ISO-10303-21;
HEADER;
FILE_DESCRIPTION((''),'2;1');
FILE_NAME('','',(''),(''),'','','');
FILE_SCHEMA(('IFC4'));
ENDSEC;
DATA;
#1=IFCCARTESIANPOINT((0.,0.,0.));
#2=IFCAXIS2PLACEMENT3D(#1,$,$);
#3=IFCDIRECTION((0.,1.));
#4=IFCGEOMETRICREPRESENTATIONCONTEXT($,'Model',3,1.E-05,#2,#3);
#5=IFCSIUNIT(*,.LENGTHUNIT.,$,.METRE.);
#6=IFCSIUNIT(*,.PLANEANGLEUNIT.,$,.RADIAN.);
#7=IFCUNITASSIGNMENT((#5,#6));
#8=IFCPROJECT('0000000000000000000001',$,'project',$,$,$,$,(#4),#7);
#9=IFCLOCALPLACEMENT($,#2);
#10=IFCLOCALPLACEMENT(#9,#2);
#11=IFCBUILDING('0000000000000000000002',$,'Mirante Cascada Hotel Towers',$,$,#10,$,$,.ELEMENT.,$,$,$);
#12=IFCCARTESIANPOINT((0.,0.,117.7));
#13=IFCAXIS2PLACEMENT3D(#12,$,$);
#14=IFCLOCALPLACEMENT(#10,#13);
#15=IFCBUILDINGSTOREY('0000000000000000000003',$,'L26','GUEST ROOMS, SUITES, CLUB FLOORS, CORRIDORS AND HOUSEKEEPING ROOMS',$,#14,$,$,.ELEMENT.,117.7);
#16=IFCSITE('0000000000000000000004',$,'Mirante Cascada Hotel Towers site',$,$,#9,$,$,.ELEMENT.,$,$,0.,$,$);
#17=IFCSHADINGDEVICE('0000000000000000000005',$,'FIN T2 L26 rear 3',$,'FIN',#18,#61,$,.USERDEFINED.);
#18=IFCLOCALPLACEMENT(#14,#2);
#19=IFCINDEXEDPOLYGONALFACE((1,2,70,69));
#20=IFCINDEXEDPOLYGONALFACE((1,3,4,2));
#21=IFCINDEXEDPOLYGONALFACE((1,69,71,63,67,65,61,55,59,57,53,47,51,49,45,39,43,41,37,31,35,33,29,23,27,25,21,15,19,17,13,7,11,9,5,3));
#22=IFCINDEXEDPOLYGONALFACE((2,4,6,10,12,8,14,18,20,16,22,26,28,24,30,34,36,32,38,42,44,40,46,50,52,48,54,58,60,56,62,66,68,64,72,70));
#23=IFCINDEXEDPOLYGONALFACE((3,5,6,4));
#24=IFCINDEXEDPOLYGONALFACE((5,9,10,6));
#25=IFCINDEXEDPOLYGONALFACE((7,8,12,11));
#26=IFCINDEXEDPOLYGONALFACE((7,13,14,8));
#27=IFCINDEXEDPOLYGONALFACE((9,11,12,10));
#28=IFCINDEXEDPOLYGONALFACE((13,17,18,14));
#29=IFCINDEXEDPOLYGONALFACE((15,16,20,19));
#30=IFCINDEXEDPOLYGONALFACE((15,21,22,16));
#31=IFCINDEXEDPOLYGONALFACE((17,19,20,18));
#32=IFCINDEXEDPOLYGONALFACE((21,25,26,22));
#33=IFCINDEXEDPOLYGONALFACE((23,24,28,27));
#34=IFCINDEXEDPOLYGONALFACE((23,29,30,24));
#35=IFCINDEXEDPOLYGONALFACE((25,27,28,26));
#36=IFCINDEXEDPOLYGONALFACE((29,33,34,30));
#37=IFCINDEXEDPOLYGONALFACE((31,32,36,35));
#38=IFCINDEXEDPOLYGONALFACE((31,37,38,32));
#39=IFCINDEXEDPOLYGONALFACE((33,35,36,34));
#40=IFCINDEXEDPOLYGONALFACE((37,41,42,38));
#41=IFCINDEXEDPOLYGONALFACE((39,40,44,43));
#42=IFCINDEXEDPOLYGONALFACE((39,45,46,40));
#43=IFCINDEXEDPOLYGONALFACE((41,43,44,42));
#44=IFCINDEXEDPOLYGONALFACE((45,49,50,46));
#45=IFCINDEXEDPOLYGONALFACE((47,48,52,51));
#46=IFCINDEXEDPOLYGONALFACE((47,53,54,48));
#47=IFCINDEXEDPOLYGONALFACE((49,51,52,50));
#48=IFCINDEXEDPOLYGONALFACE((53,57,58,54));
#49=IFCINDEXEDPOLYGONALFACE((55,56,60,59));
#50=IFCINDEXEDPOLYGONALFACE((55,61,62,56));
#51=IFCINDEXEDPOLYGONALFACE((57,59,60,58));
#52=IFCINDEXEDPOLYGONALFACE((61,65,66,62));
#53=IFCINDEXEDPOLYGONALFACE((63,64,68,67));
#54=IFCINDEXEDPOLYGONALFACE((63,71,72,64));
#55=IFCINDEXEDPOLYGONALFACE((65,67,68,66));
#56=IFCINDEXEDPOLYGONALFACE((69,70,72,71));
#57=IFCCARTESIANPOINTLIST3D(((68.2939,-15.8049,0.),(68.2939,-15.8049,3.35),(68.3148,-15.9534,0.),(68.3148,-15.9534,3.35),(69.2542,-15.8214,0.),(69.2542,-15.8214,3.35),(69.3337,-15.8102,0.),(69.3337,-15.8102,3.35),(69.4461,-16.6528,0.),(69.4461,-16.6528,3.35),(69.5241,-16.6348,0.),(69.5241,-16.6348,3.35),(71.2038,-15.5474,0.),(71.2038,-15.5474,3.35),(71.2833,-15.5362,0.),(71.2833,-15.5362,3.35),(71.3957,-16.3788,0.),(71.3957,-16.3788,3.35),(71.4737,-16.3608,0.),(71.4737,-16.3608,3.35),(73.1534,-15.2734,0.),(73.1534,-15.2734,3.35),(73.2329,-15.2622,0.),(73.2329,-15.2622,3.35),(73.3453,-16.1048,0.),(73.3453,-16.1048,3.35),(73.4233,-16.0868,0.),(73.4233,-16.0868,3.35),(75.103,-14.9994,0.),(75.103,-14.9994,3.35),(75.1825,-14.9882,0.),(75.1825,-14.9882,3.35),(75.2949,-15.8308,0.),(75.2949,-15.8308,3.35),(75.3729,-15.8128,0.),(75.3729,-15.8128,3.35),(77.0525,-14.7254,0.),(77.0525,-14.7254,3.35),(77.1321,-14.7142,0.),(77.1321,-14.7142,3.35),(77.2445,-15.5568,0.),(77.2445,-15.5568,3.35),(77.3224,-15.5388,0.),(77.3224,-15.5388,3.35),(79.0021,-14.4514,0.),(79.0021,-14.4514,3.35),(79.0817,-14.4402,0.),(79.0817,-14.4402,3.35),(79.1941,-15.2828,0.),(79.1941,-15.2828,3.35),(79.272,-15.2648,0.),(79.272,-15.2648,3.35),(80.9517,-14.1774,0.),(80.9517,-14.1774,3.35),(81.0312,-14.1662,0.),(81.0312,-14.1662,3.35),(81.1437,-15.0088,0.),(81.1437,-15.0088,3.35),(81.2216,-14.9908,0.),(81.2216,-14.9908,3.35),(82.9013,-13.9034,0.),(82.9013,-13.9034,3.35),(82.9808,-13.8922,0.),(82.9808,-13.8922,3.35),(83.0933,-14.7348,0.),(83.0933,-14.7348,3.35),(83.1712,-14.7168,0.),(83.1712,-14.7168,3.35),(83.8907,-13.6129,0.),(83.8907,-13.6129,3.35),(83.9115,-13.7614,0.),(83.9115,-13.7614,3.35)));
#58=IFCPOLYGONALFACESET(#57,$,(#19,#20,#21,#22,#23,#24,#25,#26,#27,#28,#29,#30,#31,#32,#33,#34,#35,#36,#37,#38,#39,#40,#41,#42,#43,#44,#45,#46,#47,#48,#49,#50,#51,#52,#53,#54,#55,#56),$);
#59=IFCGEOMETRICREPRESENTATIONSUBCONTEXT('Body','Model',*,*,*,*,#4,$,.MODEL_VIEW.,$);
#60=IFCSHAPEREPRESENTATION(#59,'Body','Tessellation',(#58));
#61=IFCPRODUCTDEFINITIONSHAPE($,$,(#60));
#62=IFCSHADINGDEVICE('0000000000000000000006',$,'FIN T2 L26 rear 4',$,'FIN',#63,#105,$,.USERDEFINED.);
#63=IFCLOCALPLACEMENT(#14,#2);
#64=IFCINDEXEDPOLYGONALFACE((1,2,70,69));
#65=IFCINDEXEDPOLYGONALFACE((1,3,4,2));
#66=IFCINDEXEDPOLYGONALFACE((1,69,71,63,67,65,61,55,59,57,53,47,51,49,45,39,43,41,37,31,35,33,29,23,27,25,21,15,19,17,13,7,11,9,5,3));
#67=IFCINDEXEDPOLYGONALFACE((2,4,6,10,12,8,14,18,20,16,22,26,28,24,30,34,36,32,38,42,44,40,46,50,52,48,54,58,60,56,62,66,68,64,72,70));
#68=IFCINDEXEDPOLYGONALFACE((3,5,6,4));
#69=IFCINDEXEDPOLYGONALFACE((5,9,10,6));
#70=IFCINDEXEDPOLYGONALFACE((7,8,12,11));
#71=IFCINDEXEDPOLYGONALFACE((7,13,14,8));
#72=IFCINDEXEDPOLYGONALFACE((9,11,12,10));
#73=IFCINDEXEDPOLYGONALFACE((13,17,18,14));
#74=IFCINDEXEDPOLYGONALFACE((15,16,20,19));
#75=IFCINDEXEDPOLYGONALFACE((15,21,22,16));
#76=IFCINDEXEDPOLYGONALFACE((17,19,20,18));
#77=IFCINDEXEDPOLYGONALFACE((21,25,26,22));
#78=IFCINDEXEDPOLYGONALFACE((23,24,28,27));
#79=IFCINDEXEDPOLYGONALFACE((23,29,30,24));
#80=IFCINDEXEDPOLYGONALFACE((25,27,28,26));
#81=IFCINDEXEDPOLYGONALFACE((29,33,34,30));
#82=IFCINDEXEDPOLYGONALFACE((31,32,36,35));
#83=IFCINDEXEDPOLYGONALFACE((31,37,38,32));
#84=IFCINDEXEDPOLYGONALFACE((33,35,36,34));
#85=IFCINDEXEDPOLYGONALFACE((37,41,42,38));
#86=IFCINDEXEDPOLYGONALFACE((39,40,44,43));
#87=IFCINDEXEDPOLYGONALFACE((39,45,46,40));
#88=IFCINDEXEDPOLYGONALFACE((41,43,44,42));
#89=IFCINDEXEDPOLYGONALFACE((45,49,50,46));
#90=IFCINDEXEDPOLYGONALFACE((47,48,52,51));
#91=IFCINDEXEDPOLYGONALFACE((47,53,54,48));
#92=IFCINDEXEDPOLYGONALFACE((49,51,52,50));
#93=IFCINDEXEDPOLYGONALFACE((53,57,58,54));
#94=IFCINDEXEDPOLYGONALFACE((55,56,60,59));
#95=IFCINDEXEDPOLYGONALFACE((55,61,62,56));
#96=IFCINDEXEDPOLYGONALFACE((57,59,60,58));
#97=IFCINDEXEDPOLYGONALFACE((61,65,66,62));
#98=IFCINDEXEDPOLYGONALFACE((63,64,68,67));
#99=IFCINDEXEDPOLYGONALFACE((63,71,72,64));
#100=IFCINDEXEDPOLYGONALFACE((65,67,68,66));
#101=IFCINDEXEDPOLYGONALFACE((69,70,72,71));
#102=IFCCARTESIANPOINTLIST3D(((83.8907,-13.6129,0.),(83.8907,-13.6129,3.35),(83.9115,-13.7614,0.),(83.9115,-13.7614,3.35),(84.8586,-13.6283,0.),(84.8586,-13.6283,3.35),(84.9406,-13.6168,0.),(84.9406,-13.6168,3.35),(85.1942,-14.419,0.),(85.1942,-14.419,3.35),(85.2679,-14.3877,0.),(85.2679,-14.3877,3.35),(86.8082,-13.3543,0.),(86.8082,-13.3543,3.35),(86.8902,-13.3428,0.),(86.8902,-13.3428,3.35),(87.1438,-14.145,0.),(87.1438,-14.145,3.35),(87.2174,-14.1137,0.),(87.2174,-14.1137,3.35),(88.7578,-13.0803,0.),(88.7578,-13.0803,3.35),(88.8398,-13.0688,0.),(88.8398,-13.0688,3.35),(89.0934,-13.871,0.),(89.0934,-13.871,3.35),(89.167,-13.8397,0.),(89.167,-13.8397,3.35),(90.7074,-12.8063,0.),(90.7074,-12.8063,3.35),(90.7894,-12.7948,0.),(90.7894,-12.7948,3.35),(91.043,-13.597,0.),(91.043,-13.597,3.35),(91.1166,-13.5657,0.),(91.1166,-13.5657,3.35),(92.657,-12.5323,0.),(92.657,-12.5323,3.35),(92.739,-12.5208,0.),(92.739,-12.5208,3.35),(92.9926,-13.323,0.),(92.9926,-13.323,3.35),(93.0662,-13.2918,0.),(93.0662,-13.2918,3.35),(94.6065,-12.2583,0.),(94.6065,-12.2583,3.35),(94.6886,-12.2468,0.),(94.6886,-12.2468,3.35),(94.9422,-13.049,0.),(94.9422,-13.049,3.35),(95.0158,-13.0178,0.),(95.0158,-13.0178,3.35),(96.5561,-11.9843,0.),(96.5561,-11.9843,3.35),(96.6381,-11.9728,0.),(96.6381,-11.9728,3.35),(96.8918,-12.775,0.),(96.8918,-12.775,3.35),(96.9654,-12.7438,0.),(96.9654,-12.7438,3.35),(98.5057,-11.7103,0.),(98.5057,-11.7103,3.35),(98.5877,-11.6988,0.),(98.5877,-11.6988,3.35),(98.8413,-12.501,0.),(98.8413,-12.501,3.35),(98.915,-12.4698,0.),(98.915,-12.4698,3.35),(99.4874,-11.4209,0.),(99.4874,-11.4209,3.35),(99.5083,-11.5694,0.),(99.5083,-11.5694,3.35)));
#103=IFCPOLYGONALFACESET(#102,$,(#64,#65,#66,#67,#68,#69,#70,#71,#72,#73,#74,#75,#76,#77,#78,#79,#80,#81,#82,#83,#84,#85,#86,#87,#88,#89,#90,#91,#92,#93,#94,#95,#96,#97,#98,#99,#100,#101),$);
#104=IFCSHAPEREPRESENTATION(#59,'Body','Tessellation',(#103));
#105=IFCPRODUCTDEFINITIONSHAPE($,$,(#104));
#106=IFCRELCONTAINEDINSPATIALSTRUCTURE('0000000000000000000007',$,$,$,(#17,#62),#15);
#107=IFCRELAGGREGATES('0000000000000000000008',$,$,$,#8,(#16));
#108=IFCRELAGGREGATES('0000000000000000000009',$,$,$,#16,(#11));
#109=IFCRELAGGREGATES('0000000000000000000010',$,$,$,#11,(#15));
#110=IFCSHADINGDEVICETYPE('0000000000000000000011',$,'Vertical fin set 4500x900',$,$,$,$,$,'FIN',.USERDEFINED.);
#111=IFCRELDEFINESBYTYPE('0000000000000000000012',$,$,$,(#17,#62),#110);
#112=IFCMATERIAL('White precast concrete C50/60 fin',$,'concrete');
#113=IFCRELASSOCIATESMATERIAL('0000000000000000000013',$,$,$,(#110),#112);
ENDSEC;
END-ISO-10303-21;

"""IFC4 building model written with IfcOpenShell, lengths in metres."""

from ifc_helpers import new_model, si_unit, direction, frame, origin, place, context, subcontext, project, spatial, polyline, outline, extrude, material, type_object, element, save


model = new_model("IFC4")

# Units and contexts
model_context = context("Model", 3, precision=1e-05, world=origin(), true_north=direction((0.0, 1.0)))
body_context = subcontext(model_context, "Body", "Model", "MODEL_VIEW")
ifc_project = project(units=[si_unit("LENGTHUNIT", "METRE"), si_unit("PLANEANGLEUNIT", "RADIAN")], contexts=[model_context])

# Site, building, storey
site_placement = place(None, origin())
site = spatial("IfcSite", under=ifc_project, at=site_placement, Name="Mirante Cascada Hotel Towers site", CompositionType="ELEMENT", RefElevation=0.0)
building_placement = place(site_placement, origin())
building = spatial("IfcBuilding", under=site, at=building_placement, Name="Mirante Cascada Hotel Towers", CompositionType="ELEMENT")
storey_placement = place(building_placement, frame((0.0, 0.0, 117.7)))
storey = spatial("IfcBuildingStorey", under=building, at=storey_placement, Name="L26", Description="GUEST ROOMS, SUITES, CLUB FLOORS, CORRIDORS AND HOUSEKEEPING ROOMS", CompositionType="ELEMENT", Elevation=117.7)

# Shading devices
ifc_material_1 = material(Name="White precast concrete C50/60 fin", Category="concrete")
shading_device_type = type_object("IfcShadingDeviceType", Name="Vertical fin set 4500x900", ElementType="FIN", PredefinedType="USERDEFINED", material=ifc_material_1)
shading_device_1_placement = place(storey_placement, origin())
element("IfcShadingDevice", 1, at=shading_device_1_placement, inside=storey, type_object=shading_device_type, Name="FIN T2 L26 rear 3", ObjectType="FIN", PredefinedType="USERDEFINED", context=body_context, shape_type="SweptSolid", body=[
    extrude(outline(polyline([(69.4461, -16.6528), (69.2542, -15.8214), (68.3148, -15.9534), (68.2939, -15.8049), (83.8907, -13.6129), (83.9115, -13.7614), (82.9808, -13.8922), (83.1712, -14.7168), (83.0933, -14.7348), (82.9013, -13.9034), (81.0312, -14.1662), (81.2216, -14.9908), (81.1437, -15.0088), (80.9517, -14.1774), (79.0817, -14.4402), (79.272, -15.2648), (79.1941, -15.2828), (79.0021, -14.4514), (77.1321, -14.7142), (77.3224, -15.5388), (77.2445, -15.5568), (77.0525, -14.7254), (75.1825, -14.9882), (75.3729, -15.8128), (75.2949, -15.8308), (75.103, -14.9994), (73.2329, -15.2622), (73.4233, -16.0868), (73.3453, -16.1048), (73.1534, -15.2734), (71.2833, -15.5362), (71.4737, -16.3608), (71.3957, -16.3788), (71.2038, -15.5474), (69.3337, -15.8102), (69.5241, -16.6348), (69.4461, -16.6528)])), origin(), (0.0, 0.0, 1.0), 3.35),
])
shading_device_2_placement = place(storey_placement, origin())
element("IfcShadingDevice", 2, at=shading_device_2_placement, inside=storey, type_object=shading_device_type, Name="FIN T2 L26 rear 4", ObjectType="FIN", PredefinedType="USERDEFINED", context=body_context, shape_type="SweptSolid", body=[
    extrude(outline(polyline([(85.1942, -14.419), (84.8586, -13.6283), (83.9115, -13.7614), (83.8907, -13.6129), (99.4874, -11.4209), (99.5083, -11.5694), (98.5877, -11.6988), (98.915, -12.4698), (98.8413, -12.501), (98.5057, -11.7103), (96.6381, -11.9728), (96.9654, -12.7438), (96.8918, -12.775), (96.5561, -11.9843), (94.6886, -12.2468), (95.0158, -13.0178), (94.9422, -13.049), (94.6065, -12.2583), (92.739, -12.5208), (93.0662, -13.2918), (92.9926, -13.323), (92.657, -12.5323), (90.7894, -12.7948), (91.1166, -13.5657), (91.043, -13.597), (90.7074, -12.8063), (88.8398, -13.0688), (89.167, -13.8397), (89.0934, -13.871), (88.7578, -13.0803), (86.8902, -13.3428), (87.2174, -14.1137), (87.1438, -14.145), (86.8082, -13.3543), (84.9406, -13.6168), (85.2679, -14.3877), (85.1942, -14.419)])), origin(), (0.0, 0.0, 1.0), 3.35),
])

save(model, "model.ifc")
